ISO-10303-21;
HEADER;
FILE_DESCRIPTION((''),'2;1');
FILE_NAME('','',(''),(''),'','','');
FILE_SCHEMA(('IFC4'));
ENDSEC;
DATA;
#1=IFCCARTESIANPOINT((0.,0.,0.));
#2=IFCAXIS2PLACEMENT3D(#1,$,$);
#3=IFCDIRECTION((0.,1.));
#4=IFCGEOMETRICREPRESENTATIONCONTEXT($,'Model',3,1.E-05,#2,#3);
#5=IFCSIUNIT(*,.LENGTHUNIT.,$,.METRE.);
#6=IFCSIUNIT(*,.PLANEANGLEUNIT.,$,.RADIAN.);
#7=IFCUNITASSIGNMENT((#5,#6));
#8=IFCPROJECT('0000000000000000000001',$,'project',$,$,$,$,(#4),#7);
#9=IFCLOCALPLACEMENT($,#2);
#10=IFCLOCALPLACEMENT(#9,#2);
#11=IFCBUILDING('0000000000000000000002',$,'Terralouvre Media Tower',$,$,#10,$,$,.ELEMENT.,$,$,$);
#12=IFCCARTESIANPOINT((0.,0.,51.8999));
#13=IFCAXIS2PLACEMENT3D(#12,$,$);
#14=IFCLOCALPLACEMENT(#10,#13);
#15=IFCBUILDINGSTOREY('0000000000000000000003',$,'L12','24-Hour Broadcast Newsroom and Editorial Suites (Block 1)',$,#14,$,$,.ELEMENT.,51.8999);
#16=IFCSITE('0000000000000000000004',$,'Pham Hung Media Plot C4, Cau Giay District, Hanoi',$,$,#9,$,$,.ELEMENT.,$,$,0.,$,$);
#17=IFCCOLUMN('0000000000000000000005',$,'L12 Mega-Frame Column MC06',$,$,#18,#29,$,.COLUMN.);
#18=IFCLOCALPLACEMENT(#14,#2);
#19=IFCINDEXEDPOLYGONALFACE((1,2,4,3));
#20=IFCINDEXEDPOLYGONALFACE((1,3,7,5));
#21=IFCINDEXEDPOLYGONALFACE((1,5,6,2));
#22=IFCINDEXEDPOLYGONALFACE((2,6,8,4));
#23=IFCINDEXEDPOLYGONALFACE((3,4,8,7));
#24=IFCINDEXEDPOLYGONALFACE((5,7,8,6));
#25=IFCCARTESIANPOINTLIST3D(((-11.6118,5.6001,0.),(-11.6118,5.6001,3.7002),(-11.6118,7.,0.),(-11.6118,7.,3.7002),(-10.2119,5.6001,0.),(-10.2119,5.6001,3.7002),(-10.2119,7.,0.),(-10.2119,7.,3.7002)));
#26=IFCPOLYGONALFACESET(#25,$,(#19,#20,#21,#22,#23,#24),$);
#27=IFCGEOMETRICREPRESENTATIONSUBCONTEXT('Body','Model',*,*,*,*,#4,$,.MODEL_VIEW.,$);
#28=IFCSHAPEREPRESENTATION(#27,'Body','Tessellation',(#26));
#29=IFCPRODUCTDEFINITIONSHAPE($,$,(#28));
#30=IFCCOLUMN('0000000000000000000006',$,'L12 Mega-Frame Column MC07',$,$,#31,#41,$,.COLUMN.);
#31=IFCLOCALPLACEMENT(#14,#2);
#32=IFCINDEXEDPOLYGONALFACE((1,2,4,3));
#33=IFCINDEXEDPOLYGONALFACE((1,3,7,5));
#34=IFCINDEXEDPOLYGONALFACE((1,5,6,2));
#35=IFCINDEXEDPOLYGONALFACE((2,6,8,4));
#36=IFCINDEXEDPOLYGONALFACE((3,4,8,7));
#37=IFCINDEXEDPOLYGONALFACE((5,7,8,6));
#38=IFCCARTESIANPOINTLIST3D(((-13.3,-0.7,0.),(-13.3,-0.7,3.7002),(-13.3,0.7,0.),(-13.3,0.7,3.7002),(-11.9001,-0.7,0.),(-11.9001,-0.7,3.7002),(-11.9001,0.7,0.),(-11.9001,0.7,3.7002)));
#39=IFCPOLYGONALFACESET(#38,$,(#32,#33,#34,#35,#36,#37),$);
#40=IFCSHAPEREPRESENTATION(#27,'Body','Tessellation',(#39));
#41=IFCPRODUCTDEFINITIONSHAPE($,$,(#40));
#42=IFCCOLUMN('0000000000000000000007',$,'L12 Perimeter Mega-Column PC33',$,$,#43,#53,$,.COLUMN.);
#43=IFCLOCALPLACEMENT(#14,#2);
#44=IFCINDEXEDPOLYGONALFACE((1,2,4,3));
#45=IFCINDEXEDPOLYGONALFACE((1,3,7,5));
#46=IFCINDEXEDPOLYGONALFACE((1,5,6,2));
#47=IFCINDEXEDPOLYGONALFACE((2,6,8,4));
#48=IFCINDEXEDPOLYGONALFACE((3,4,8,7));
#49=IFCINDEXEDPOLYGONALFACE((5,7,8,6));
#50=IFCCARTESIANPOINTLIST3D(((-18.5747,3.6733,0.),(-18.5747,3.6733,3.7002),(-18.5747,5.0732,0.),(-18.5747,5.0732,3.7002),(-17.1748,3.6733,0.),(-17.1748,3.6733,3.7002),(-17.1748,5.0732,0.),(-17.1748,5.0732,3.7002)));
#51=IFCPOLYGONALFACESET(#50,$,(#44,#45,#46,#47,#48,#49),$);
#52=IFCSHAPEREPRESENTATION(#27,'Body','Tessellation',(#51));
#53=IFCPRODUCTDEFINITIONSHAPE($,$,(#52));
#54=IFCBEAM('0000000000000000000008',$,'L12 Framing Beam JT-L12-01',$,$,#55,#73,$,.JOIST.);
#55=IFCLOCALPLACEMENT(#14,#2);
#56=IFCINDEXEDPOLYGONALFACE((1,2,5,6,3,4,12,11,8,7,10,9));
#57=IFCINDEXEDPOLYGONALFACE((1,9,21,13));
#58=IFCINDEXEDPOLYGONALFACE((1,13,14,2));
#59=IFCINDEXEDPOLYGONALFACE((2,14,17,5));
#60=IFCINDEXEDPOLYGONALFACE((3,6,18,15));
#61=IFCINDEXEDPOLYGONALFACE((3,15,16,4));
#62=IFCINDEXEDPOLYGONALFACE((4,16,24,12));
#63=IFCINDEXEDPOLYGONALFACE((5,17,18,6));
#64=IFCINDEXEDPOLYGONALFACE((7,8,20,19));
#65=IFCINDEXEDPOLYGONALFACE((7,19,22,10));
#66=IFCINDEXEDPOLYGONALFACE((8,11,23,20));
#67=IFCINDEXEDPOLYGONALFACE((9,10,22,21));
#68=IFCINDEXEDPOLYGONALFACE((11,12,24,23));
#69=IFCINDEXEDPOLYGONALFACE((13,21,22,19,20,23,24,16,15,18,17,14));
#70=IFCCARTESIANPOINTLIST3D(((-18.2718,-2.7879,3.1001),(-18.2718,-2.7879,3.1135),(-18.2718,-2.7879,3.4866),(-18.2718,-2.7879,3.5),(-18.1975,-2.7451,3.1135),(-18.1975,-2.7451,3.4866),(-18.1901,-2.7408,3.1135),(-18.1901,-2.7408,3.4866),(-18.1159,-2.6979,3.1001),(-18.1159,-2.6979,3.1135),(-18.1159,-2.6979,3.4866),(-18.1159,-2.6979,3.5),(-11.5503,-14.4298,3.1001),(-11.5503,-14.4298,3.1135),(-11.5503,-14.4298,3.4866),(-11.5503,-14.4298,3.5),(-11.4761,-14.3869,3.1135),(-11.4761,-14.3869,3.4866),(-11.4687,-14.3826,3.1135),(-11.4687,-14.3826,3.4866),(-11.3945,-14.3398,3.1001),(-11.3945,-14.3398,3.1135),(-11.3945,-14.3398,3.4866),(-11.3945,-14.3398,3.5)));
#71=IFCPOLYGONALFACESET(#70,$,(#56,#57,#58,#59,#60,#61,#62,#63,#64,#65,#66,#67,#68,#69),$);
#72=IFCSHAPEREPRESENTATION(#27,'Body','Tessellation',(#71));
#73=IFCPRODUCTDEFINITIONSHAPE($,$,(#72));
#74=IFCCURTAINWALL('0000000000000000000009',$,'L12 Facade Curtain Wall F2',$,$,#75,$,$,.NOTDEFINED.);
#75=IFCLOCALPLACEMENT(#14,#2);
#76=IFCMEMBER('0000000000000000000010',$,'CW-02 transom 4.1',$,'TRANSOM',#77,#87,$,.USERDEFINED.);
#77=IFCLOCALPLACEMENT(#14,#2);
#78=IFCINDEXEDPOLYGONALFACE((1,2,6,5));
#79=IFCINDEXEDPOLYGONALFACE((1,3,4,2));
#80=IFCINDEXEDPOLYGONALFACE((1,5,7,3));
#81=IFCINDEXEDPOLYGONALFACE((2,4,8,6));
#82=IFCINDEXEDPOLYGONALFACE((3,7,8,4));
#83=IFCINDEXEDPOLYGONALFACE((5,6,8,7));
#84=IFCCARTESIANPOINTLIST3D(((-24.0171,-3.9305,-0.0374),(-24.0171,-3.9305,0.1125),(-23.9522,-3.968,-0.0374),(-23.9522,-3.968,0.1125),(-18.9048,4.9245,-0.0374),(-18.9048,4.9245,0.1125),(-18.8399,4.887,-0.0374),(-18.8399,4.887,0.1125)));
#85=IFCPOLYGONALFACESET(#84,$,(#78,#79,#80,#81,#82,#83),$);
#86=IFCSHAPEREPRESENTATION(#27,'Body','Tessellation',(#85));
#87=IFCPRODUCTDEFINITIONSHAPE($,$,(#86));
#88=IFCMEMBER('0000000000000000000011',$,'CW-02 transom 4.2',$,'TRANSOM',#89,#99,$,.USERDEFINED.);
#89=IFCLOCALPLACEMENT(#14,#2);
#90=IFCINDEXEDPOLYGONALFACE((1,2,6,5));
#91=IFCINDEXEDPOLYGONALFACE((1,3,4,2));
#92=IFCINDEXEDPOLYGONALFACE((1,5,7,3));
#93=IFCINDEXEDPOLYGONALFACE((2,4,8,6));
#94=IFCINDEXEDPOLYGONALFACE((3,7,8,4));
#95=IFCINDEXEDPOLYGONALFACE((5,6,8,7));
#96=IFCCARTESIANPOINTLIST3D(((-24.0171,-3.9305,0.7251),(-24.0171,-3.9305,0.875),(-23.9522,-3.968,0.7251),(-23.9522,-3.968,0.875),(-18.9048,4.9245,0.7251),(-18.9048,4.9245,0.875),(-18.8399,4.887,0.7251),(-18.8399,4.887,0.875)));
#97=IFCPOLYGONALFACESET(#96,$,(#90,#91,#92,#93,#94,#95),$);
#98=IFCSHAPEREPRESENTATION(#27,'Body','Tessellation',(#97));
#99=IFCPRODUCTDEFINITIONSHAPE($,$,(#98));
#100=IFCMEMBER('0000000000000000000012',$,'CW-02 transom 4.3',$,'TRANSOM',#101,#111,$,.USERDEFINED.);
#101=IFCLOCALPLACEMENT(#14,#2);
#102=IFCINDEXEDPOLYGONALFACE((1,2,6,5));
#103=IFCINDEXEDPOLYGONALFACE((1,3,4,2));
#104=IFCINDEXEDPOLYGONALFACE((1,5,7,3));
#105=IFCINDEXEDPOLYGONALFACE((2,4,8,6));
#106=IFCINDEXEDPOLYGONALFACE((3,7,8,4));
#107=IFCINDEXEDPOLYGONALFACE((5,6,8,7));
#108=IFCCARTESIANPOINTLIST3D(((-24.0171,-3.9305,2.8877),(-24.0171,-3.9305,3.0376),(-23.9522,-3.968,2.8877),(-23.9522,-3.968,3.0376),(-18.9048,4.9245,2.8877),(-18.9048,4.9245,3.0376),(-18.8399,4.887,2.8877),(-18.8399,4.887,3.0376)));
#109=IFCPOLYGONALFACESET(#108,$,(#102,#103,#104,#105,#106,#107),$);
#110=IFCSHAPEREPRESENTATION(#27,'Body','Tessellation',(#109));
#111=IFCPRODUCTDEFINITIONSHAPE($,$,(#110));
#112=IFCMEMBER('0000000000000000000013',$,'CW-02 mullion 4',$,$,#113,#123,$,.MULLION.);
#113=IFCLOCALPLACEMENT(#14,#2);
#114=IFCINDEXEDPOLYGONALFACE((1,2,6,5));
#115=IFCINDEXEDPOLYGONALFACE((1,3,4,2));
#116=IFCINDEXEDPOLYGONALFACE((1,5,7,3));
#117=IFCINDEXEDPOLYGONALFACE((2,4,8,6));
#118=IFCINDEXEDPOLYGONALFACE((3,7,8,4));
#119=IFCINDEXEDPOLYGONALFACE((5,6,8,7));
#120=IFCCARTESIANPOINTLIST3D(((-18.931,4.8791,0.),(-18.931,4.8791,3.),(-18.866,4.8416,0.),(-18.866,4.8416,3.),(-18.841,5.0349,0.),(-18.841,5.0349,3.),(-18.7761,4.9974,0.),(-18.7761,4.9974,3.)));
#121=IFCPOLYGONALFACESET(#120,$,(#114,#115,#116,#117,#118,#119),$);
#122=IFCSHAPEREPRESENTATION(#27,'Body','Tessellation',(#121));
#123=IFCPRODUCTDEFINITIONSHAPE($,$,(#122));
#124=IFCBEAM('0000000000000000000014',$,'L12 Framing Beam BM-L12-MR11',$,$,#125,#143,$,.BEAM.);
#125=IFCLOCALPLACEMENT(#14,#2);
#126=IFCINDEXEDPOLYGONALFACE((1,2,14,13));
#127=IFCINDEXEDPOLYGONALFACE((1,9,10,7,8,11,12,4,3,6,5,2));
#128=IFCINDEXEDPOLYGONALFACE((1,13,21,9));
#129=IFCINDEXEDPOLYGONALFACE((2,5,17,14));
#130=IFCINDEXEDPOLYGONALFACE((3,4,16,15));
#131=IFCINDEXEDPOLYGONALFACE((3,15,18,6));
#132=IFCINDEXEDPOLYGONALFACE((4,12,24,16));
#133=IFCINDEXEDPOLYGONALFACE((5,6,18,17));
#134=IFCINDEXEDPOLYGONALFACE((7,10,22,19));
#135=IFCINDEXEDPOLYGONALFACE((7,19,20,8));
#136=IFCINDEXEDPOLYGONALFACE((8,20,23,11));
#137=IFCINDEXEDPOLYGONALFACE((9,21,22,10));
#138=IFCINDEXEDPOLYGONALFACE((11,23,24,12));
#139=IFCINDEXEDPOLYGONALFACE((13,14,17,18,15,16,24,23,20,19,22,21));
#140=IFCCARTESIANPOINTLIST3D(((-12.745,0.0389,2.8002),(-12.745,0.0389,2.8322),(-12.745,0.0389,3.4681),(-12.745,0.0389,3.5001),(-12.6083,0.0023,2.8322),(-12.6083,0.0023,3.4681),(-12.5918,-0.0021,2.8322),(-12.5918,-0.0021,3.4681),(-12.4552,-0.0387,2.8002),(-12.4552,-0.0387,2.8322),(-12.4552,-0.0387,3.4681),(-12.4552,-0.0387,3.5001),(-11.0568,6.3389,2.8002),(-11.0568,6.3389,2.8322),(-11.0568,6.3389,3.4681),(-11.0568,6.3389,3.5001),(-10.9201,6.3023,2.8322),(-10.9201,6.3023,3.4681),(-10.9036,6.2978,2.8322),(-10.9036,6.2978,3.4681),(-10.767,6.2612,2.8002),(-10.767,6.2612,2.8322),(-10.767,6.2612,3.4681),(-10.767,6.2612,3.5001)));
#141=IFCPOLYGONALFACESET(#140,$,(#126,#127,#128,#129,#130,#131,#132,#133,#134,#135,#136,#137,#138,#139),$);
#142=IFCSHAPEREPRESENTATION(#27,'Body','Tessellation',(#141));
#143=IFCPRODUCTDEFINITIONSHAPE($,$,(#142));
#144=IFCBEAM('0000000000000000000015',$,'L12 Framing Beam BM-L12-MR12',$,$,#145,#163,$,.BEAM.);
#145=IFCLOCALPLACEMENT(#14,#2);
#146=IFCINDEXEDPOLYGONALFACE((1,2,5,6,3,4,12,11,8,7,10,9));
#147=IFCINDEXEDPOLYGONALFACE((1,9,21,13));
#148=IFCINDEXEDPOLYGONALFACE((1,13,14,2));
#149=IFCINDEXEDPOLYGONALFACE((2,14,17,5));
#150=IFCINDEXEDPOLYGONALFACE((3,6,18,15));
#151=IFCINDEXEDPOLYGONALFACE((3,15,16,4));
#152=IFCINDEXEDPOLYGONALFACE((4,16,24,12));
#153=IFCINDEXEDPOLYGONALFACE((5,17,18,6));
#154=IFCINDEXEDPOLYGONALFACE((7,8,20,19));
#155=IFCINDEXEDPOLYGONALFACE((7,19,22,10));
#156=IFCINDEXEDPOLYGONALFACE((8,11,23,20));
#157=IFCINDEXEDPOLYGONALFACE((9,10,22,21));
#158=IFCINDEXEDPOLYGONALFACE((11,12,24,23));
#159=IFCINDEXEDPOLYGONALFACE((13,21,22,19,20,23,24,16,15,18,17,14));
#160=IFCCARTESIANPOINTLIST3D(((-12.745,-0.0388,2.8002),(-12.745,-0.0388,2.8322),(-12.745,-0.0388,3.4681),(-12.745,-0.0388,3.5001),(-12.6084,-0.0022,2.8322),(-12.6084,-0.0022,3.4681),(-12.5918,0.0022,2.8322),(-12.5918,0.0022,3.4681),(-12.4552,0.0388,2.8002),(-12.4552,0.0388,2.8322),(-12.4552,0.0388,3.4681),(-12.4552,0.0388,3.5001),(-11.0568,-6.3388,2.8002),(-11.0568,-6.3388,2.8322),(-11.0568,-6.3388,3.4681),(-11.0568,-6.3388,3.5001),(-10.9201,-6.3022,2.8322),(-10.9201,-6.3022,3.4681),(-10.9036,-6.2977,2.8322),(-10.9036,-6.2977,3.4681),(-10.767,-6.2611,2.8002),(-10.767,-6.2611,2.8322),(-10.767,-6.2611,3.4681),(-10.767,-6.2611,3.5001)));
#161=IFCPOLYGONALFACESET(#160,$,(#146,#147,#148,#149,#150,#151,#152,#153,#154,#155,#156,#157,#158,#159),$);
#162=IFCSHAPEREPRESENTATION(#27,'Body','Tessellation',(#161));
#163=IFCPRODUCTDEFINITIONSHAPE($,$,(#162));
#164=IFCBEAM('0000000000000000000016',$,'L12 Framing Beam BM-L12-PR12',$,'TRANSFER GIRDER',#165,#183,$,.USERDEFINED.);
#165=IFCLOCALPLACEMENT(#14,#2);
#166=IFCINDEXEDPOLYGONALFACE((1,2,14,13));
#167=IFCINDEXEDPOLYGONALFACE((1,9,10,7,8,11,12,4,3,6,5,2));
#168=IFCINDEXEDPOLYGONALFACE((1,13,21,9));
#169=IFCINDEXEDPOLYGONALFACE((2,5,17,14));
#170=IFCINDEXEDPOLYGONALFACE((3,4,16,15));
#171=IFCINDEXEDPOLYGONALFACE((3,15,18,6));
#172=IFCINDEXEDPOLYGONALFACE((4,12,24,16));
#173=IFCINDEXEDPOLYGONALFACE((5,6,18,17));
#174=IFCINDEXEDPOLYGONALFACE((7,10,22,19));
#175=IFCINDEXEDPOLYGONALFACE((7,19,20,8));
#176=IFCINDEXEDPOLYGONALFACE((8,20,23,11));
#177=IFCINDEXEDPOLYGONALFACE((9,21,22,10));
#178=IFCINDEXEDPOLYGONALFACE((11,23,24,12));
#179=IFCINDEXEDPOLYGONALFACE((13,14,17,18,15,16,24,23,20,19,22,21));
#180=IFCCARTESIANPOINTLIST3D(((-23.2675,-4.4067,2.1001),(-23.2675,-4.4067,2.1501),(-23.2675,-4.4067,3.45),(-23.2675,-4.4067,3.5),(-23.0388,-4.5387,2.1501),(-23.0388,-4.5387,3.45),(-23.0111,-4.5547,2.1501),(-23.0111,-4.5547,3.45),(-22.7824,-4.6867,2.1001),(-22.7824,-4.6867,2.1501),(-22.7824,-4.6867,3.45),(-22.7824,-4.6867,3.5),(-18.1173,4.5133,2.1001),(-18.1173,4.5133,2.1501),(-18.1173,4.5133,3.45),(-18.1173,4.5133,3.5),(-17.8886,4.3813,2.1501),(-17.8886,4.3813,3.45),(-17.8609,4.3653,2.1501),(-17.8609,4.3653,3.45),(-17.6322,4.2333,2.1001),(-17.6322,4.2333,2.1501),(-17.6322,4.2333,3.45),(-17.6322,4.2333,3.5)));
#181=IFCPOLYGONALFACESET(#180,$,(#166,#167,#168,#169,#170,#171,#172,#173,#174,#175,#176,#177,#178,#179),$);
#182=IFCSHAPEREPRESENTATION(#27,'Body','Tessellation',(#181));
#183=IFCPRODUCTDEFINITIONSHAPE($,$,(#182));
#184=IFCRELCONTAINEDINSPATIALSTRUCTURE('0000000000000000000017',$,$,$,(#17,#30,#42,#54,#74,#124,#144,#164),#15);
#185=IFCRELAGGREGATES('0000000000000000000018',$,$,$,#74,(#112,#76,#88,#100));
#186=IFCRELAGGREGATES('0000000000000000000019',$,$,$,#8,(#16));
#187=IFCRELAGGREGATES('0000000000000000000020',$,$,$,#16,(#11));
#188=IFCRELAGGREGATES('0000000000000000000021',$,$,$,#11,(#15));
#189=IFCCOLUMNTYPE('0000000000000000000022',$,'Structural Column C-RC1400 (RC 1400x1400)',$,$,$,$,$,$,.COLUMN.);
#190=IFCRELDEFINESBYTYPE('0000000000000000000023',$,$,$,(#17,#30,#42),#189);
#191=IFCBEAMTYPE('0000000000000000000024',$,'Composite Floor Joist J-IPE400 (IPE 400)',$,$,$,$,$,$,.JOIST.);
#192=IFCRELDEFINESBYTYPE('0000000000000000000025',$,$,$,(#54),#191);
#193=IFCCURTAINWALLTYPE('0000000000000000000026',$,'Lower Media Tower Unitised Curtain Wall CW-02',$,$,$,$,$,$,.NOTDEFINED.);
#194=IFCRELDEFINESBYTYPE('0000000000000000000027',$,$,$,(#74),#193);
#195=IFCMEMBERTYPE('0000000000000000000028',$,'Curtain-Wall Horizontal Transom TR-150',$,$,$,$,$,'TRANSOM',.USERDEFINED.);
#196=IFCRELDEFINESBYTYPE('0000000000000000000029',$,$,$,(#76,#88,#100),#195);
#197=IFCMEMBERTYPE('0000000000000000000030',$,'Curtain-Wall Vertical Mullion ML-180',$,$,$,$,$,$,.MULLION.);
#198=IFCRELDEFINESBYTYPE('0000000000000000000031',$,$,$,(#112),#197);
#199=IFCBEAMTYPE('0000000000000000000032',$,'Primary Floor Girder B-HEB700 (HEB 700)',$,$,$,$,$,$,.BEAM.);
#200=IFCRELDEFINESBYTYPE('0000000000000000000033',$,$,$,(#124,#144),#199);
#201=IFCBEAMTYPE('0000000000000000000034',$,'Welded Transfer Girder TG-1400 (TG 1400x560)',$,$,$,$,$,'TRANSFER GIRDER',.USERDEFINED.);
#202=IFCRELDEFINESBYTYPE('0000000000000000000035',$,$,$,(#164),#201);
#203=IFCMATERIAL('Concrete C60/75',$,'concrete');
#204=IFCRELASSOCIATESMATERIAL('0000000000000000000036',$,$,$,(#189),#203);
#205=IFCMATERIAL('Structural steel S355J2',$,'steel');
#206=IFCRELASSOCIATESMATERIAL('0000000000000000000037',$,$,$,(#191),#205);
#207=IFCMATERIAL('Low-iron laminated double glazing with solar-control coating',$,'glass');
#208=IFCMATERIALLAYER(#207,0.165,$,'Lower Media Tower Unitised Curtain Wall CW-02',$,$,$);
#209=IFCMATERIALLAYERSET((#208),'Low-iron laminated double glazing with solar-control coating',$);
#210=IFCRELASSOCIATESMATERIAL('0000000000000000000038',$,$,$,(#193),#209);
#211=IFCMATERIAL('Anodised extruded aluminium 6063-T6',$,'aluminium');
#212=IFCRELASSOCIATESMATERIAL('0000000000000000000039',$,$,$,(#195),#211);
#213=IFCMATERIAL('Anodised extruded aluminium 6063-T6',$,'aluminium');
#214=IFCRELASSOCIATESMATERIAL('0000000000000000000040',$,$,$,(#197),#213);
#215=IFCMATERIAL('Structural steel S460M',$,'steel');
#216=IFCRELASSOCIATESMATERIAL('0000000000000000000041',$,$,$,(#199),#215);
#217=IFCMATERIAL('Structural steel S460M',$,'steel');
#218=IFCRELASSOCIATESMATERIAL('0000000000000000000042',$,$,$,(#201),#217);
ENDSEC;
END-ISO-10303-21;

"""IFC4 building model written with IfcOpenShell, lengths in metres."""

from ifc_helpers import new_model, si_unit, direction, frame, origin, origin_2d, place, context, subcontext, project, spatial, rectangle, i_section, extrude, material, layer, layer_set, material_profile, profile_set, type_object, element, aggregate, save


model = new_model("IFC4")

# Units and contexts
model_context = context("Model", 3, precision=1e-05, world=origin(), true_north=direction((0.0, 1.0)))
body_context = subcontext(model_context, "Body", "Model", "MODEL_VIEW")
ifc_project = project(units=[si_unit("LENGTHUNIT", "METRE"), si_unit("PLANEANGLEUNIT", "RADIAN")], contexts=[model_context])

# Site, building, storey
site_placement = place(None, origin())
site = spatial("IfcSite", under=ifc_project, at=site_placement, Name="Pham Hung Media Plot C4, Cau Giay District, Hanoi", CompositionType="ELEMENT", RefElevation=0.0)
building_placement = place(site_placement, origin())
building = spatial("IfcBuilding", under=site, at=building_placement, Name="Terralouvre Media Tower", CompositionType="ELEMENT")
storey_placement = place(building_placement, frame((0.0, 0.0, 51.8999)))
storey = spatial("IfcBuildingStorey", under=building, at=storey_placement, Name="L12", Description="24-Hour Broadcast Newsroom and Editorial Suites (Block 1)", CompositionType="ELEMENT", Elevation=51.8999)

# Columns
ifc_material_1 = material(Name="Concrete C60/75", Category="concrete")
ifc_material_profile_1 = material_profile(ifc_material_1, rectangle(XDim=1.3999, YDim=1.3999, at=origin_2d()), Name="RC 1400x1400")
ifc_profile_set_1 = profile_set([ifc_material_profile_1], Name="Concrete C60/75")
column_type = type_object("IfcColumnType", Name="Structural Column C-RC1400 (RC 1400x1400)", PredefinedType="COLUMN", material=ifc_profile_set_1)
for number, where, z_axis, x_axis, name in (
    (1, (-10.9119, 6.3, 0.0), (0.0, 0.0, 1.0), (1.0, 0.0, 0.0), "L12 Mega-Frame Column MC06"),
    (2, (-12.6001, 0.0, 0.0), (0.0, 0.0, 1.0), (1.0, 0.0, 0.0), "L12 Mega-Frame Column MC07"),
    (3, (-17.8748, 4.3733, 0.0), (0.0, 0.0, 1.0), (1.0, 0.0, 0.0), "L12 Perimeter Mega-Column PC33"),
):
    element("IfcColumn", number, at=place(storey_placement, frame(where, z_axis=z_axis, x_axis=x_axis)), inside=storey, type_object=column_type, Name=name, PredefinedType="COLUMN", context=body_context, shape_type="SweptSolid", body=[
        extrude(rectangle(XDim=1.3999, YDim=1.3999, at=origin_2d()), origin(), (0.0, 0.0, 1.0), 3.7002),
    ])

# Beam
ifc_material_2 = material(Name="Structural steel S355J2", Category="steel")
ifc_material_profile_2 = material_profile(ifc_material_2, i_section(OverallWidth=0.1799, OverallDepth=0.3999, WebThickness=0.0085, FlangeThickness=0.0134, at=origin_2d()), Name="IPE 400")
ifc_profile_set_2 = profile_set([ifc_material_profile_2], Name="Structural steel S355J2")
beam_type_1 = type_object("IfcBeamType", Name="Composite Floor Joist J-IPE400 (IPE 400)", PredefinedType="JOIST", material=ifc_profile_set_2)
beam_1_placement = place(storey_placement, frame((-18.1938, -2.7429, 3.3), z_axis=(0.500001, -0.866025, 0.0), x_axis=(0.866025, 0.500001, 0.0)))
element("IfcBeam", 4, at=beam_1_placement, inside=storey, type_object=beam_type_1, Name="L12 Framing Beam JT-L12-01", PredefinedType="JOIST", context=body_context, shape_type="SweptSolid", body=[
    extrude(i_section(OverallWidth=0.1799, OverallDepth=0.3999, WebThickness=0.0085, FlangeThickness=0.0134, at=origin_2d()), origin(), (0.0, 0.0, 1.0), 13.4429),
])

# Curtain wall, members
ifc_material_3 = material(Name="Low-iron laminated double glazing with solar-control coating", Category="glass")
ifc_layer_1 = layer(ifc_material_3, 0.165, Name="Lower Media Tower Unitised Curtain Wall CW-02")
ifc_layer_set_1 = layer_set([ifc_layer_1], Name="Low-iron laminated double glazing with solar-control coating")
curtain_wall_type = type_object("IfcCurtainWallType", Name="Lower Media Tower Unitised Curtain Wall CW-02", PredefinedType="NOTDEFINED", material=ifc_layer_set_1)
curtain_wall_placement = place(storey_placement, origin())
curtain_wall = element("IfcCurtainWall", 5, at=curtain_wall_placement, inside=storey, type_object=curtain_wall_type, Name="L12 Facade Curtain Wall F2", PredefinedType="NOTDEFINED")
ifc_material_4 = material(Name="Anodised extruded aluminium 6063-T6", Category="aluminium")
ifc_material_profile_3 = material_profile(ifc_material_4, rectangle(XDim=0.075, YDim=0.1499, at=origin_2d()), Name="ALU 75x150")
ifc_profile_set_3 = profile_set([ifc_material_profile_3], Name="Anodised extruded aluminium 6063-T6")
member_type_1 = type_object("IfcMemberType", Name="Curtain-Wall Horizontal Transom TR-150", ElementType="TRANSOM", PredefinedType="USERDEFINED", material=ifc_profile_set_3)
member_1_placement = place(storey_placement, frame((-18.8723, 4.9058, 0.0376), z_axis=(-0.499991, -0.866031, 0.0), x_axis=(0.866031, -0.499991, 0.0)))
member_1 = element("IfcMember", 6, at=member_1_placement, type_object=member_type_1, Name="CW-02 transom 4.1", ObjectType="TRANSOM", PredefinedType="USERDEFINED", context=body_context, shape_type="SweptSolid", body=[
    extrude(rectangle(XDim=0.075, YDim=0.1499, at=origin_2d()), origin(), (0.0, 0.0, 1.0), 10.2249),
])
member_2_placement = place(storey_placement, frame((-18.8723, 4.9058, 0.8), z_axis=(-0.499991, -0.866031, 0.0), x_axis=(0.866031, -0.499991, 0.0)))
member_2 = element("IfcMember", 7, at=member_2_placement, type_object=member_type_1, Name="CW-02 transom 4.2", ObjectType="TRANSOM", PredefinedType="USERDEFINED", context=body_context, shape_type="SweptSolid", body=[
    extrude(rectangle(XDim=0.075, YDim=0.1499, at=origin_2d()), origin(), (0.0, 0.0, 1.0), 10.2249),
])
member_3_placement = place(storey_placement, frame((-18.8723, 4.9058, 2.9626), z_axis=(-0.499991, -0.866031, 0.0), x_axis=(0.866031, -0.499991, 0.0)))
member_3 = element("IfcMember", 8, at=member_3_placement, type_object=member_type_1, Name="CW-02 transom 4.3", ObjectType="TRANSOM", PredefinedType="USERDEFINED", context=body_context, shape_type="SweptSolid", body=[
    extrude(rectangle(XDim=0.075, YDim=0.1499, at=origin_2d()), origin(), (0.0, 0.0, 1.0), 10.2249),
])
ifc_material_5 = material(Name="Anodised extruded aluminium 6063-T6", Category="aluminium")
ifc_material_profile_4 = material_profile(ifc_material_5, rectangle(XDim=0.075, YDim=0.1799, at=origin_2d()), Name="ALU 75x180")
ifc_profile_set_4 = profile_set([ifc_material_profile_4], Name="Anodised extruded aluminium 6063-T6")
member_type_2 = type_object("IfcMemberType", Name="Curtain-Wall Vertical Mullion ML-180", PredefinedType="MULLION", material=ifc_profile_set_4)
member_4_placement = place(storey_placement, frame((-18.8535, 4.9382, 0.0), z_axis=(0.0, 0.0, 1.0), x_axis=(0.866025, -0.5, 0.0)))
member_4 = element("IfcMember", 9, at=member_4_placement, type_object=member_type_2, Name="CW-02 mullion 4", PredefinedType="MULLION", context=body_context, shape_type="SweptSolid", body=[
    extrude(rectangle(XDim=0.075, YDim=0.1799, at=origin_2d()), origin(), (0.0, 0.0, 1.0), 3.0),
])

# Beams
ifc_material_6 = material(Name="Structural steel S460M", Category="steel")
ifc_material_profile_5 = material_profile(ifc_material_6, i_section(OverallWidth=0.3, OverallDepth=0.7, WebThickness=0.0171, FlangeThickness=0.032, at=origin_2d()), Name="HEB 700")
ifc_profile_set_5 = profile_set([ifc_material_profile_5], Name="Structural steel S460M")
beam_type_2 = type_object("IfcBeamType", Name="Primary Floor Girder B-HEB700 (HEB 700)", PredefinedType="BEAM", material=ifc_profile_set_5)
for number, where, z_axis, x_axis, name in (
    (10, (-10.9119, 6.3, 3.1501), (-0.258839, -0.96592, 0.0), (0.96592, -0.258839, 0.0), "L12 Framing Beam BM-L12-MR11"),
    (11, (-12.6001, 0.0, 3.1501), (0.258839, -0.96592, 0.0), (0.96592, 0.258839, 0.0), "L12 Framing Beam BM-L12-MR12"),
):
    element("IfcBeam", number, at=place(storey_placement, frame(where, z_axis=z_axis, x_axis=x_axis)), inside=storey, type_object=beam_type_2, Name=name, PredefinedType="BEAM", context=body_context, shape_type="SweptSolid", body=[
        extrude(i_section(OverallWidth=0.3, OverallDepth=0.7, WebThickness=0.0171, FlangeThickness=0.032, at=origin_2d()), origin(), (0.0, 0.0, 1.0), 6.5222),
    ])
ifc_material_7 = material(Name="Structural steel S460M", Category="steel")
ifc_material_profile_6 = material_profile(ifc_material_7, i_section(OverallWidth=0.5601, OverallDepth=1.3999, WebThickness=0.032, FlangeThickness=0.05, at=origin_2d()), Name="TG 1400x560")
ifc_profile_set_6 = profile_set([ifc_material_profile_6], Name="Structural steel S460M")
beam_type_3 = type_object("IfcBeamType", Name="Welded Transfer Girder TG-1400 (TG 1400x560)", ElementType="TRANSFER GIRDER", PredefinedType="USERDEFINED", material=ifc_profile_set_6)
beam_2_placement = place(storey_placement, frame((-17.8748, 4.3733, 2.8), z_axis=(-0.500017, -0.866016, 0.0), x_axis=(0.866016, -0.500017, 0.0)))
element("IfcBeam", 12, at=beam_2_placement, inside=storey, type_object=beam_type_3, Name="L12 Framing Beam BM-L12-PR12", ObjectType="TRANSFER GIRDER", PredefinedType="USERDEFINED", context=body_context, shape_type="SweptSolid", body=[
    extrude(i_section(OverallWidth=0.5601, OverallDepth=1.3999, WebThickness=0.032, FlangeThickness=0.05, at=origin_2d()), origin(), (0.0, 0.0, 1.0), 10.3),
])

aggregate(curtain_wall, [member_4, member_1, member_2, member_3])

save(model, "model.ifc")
